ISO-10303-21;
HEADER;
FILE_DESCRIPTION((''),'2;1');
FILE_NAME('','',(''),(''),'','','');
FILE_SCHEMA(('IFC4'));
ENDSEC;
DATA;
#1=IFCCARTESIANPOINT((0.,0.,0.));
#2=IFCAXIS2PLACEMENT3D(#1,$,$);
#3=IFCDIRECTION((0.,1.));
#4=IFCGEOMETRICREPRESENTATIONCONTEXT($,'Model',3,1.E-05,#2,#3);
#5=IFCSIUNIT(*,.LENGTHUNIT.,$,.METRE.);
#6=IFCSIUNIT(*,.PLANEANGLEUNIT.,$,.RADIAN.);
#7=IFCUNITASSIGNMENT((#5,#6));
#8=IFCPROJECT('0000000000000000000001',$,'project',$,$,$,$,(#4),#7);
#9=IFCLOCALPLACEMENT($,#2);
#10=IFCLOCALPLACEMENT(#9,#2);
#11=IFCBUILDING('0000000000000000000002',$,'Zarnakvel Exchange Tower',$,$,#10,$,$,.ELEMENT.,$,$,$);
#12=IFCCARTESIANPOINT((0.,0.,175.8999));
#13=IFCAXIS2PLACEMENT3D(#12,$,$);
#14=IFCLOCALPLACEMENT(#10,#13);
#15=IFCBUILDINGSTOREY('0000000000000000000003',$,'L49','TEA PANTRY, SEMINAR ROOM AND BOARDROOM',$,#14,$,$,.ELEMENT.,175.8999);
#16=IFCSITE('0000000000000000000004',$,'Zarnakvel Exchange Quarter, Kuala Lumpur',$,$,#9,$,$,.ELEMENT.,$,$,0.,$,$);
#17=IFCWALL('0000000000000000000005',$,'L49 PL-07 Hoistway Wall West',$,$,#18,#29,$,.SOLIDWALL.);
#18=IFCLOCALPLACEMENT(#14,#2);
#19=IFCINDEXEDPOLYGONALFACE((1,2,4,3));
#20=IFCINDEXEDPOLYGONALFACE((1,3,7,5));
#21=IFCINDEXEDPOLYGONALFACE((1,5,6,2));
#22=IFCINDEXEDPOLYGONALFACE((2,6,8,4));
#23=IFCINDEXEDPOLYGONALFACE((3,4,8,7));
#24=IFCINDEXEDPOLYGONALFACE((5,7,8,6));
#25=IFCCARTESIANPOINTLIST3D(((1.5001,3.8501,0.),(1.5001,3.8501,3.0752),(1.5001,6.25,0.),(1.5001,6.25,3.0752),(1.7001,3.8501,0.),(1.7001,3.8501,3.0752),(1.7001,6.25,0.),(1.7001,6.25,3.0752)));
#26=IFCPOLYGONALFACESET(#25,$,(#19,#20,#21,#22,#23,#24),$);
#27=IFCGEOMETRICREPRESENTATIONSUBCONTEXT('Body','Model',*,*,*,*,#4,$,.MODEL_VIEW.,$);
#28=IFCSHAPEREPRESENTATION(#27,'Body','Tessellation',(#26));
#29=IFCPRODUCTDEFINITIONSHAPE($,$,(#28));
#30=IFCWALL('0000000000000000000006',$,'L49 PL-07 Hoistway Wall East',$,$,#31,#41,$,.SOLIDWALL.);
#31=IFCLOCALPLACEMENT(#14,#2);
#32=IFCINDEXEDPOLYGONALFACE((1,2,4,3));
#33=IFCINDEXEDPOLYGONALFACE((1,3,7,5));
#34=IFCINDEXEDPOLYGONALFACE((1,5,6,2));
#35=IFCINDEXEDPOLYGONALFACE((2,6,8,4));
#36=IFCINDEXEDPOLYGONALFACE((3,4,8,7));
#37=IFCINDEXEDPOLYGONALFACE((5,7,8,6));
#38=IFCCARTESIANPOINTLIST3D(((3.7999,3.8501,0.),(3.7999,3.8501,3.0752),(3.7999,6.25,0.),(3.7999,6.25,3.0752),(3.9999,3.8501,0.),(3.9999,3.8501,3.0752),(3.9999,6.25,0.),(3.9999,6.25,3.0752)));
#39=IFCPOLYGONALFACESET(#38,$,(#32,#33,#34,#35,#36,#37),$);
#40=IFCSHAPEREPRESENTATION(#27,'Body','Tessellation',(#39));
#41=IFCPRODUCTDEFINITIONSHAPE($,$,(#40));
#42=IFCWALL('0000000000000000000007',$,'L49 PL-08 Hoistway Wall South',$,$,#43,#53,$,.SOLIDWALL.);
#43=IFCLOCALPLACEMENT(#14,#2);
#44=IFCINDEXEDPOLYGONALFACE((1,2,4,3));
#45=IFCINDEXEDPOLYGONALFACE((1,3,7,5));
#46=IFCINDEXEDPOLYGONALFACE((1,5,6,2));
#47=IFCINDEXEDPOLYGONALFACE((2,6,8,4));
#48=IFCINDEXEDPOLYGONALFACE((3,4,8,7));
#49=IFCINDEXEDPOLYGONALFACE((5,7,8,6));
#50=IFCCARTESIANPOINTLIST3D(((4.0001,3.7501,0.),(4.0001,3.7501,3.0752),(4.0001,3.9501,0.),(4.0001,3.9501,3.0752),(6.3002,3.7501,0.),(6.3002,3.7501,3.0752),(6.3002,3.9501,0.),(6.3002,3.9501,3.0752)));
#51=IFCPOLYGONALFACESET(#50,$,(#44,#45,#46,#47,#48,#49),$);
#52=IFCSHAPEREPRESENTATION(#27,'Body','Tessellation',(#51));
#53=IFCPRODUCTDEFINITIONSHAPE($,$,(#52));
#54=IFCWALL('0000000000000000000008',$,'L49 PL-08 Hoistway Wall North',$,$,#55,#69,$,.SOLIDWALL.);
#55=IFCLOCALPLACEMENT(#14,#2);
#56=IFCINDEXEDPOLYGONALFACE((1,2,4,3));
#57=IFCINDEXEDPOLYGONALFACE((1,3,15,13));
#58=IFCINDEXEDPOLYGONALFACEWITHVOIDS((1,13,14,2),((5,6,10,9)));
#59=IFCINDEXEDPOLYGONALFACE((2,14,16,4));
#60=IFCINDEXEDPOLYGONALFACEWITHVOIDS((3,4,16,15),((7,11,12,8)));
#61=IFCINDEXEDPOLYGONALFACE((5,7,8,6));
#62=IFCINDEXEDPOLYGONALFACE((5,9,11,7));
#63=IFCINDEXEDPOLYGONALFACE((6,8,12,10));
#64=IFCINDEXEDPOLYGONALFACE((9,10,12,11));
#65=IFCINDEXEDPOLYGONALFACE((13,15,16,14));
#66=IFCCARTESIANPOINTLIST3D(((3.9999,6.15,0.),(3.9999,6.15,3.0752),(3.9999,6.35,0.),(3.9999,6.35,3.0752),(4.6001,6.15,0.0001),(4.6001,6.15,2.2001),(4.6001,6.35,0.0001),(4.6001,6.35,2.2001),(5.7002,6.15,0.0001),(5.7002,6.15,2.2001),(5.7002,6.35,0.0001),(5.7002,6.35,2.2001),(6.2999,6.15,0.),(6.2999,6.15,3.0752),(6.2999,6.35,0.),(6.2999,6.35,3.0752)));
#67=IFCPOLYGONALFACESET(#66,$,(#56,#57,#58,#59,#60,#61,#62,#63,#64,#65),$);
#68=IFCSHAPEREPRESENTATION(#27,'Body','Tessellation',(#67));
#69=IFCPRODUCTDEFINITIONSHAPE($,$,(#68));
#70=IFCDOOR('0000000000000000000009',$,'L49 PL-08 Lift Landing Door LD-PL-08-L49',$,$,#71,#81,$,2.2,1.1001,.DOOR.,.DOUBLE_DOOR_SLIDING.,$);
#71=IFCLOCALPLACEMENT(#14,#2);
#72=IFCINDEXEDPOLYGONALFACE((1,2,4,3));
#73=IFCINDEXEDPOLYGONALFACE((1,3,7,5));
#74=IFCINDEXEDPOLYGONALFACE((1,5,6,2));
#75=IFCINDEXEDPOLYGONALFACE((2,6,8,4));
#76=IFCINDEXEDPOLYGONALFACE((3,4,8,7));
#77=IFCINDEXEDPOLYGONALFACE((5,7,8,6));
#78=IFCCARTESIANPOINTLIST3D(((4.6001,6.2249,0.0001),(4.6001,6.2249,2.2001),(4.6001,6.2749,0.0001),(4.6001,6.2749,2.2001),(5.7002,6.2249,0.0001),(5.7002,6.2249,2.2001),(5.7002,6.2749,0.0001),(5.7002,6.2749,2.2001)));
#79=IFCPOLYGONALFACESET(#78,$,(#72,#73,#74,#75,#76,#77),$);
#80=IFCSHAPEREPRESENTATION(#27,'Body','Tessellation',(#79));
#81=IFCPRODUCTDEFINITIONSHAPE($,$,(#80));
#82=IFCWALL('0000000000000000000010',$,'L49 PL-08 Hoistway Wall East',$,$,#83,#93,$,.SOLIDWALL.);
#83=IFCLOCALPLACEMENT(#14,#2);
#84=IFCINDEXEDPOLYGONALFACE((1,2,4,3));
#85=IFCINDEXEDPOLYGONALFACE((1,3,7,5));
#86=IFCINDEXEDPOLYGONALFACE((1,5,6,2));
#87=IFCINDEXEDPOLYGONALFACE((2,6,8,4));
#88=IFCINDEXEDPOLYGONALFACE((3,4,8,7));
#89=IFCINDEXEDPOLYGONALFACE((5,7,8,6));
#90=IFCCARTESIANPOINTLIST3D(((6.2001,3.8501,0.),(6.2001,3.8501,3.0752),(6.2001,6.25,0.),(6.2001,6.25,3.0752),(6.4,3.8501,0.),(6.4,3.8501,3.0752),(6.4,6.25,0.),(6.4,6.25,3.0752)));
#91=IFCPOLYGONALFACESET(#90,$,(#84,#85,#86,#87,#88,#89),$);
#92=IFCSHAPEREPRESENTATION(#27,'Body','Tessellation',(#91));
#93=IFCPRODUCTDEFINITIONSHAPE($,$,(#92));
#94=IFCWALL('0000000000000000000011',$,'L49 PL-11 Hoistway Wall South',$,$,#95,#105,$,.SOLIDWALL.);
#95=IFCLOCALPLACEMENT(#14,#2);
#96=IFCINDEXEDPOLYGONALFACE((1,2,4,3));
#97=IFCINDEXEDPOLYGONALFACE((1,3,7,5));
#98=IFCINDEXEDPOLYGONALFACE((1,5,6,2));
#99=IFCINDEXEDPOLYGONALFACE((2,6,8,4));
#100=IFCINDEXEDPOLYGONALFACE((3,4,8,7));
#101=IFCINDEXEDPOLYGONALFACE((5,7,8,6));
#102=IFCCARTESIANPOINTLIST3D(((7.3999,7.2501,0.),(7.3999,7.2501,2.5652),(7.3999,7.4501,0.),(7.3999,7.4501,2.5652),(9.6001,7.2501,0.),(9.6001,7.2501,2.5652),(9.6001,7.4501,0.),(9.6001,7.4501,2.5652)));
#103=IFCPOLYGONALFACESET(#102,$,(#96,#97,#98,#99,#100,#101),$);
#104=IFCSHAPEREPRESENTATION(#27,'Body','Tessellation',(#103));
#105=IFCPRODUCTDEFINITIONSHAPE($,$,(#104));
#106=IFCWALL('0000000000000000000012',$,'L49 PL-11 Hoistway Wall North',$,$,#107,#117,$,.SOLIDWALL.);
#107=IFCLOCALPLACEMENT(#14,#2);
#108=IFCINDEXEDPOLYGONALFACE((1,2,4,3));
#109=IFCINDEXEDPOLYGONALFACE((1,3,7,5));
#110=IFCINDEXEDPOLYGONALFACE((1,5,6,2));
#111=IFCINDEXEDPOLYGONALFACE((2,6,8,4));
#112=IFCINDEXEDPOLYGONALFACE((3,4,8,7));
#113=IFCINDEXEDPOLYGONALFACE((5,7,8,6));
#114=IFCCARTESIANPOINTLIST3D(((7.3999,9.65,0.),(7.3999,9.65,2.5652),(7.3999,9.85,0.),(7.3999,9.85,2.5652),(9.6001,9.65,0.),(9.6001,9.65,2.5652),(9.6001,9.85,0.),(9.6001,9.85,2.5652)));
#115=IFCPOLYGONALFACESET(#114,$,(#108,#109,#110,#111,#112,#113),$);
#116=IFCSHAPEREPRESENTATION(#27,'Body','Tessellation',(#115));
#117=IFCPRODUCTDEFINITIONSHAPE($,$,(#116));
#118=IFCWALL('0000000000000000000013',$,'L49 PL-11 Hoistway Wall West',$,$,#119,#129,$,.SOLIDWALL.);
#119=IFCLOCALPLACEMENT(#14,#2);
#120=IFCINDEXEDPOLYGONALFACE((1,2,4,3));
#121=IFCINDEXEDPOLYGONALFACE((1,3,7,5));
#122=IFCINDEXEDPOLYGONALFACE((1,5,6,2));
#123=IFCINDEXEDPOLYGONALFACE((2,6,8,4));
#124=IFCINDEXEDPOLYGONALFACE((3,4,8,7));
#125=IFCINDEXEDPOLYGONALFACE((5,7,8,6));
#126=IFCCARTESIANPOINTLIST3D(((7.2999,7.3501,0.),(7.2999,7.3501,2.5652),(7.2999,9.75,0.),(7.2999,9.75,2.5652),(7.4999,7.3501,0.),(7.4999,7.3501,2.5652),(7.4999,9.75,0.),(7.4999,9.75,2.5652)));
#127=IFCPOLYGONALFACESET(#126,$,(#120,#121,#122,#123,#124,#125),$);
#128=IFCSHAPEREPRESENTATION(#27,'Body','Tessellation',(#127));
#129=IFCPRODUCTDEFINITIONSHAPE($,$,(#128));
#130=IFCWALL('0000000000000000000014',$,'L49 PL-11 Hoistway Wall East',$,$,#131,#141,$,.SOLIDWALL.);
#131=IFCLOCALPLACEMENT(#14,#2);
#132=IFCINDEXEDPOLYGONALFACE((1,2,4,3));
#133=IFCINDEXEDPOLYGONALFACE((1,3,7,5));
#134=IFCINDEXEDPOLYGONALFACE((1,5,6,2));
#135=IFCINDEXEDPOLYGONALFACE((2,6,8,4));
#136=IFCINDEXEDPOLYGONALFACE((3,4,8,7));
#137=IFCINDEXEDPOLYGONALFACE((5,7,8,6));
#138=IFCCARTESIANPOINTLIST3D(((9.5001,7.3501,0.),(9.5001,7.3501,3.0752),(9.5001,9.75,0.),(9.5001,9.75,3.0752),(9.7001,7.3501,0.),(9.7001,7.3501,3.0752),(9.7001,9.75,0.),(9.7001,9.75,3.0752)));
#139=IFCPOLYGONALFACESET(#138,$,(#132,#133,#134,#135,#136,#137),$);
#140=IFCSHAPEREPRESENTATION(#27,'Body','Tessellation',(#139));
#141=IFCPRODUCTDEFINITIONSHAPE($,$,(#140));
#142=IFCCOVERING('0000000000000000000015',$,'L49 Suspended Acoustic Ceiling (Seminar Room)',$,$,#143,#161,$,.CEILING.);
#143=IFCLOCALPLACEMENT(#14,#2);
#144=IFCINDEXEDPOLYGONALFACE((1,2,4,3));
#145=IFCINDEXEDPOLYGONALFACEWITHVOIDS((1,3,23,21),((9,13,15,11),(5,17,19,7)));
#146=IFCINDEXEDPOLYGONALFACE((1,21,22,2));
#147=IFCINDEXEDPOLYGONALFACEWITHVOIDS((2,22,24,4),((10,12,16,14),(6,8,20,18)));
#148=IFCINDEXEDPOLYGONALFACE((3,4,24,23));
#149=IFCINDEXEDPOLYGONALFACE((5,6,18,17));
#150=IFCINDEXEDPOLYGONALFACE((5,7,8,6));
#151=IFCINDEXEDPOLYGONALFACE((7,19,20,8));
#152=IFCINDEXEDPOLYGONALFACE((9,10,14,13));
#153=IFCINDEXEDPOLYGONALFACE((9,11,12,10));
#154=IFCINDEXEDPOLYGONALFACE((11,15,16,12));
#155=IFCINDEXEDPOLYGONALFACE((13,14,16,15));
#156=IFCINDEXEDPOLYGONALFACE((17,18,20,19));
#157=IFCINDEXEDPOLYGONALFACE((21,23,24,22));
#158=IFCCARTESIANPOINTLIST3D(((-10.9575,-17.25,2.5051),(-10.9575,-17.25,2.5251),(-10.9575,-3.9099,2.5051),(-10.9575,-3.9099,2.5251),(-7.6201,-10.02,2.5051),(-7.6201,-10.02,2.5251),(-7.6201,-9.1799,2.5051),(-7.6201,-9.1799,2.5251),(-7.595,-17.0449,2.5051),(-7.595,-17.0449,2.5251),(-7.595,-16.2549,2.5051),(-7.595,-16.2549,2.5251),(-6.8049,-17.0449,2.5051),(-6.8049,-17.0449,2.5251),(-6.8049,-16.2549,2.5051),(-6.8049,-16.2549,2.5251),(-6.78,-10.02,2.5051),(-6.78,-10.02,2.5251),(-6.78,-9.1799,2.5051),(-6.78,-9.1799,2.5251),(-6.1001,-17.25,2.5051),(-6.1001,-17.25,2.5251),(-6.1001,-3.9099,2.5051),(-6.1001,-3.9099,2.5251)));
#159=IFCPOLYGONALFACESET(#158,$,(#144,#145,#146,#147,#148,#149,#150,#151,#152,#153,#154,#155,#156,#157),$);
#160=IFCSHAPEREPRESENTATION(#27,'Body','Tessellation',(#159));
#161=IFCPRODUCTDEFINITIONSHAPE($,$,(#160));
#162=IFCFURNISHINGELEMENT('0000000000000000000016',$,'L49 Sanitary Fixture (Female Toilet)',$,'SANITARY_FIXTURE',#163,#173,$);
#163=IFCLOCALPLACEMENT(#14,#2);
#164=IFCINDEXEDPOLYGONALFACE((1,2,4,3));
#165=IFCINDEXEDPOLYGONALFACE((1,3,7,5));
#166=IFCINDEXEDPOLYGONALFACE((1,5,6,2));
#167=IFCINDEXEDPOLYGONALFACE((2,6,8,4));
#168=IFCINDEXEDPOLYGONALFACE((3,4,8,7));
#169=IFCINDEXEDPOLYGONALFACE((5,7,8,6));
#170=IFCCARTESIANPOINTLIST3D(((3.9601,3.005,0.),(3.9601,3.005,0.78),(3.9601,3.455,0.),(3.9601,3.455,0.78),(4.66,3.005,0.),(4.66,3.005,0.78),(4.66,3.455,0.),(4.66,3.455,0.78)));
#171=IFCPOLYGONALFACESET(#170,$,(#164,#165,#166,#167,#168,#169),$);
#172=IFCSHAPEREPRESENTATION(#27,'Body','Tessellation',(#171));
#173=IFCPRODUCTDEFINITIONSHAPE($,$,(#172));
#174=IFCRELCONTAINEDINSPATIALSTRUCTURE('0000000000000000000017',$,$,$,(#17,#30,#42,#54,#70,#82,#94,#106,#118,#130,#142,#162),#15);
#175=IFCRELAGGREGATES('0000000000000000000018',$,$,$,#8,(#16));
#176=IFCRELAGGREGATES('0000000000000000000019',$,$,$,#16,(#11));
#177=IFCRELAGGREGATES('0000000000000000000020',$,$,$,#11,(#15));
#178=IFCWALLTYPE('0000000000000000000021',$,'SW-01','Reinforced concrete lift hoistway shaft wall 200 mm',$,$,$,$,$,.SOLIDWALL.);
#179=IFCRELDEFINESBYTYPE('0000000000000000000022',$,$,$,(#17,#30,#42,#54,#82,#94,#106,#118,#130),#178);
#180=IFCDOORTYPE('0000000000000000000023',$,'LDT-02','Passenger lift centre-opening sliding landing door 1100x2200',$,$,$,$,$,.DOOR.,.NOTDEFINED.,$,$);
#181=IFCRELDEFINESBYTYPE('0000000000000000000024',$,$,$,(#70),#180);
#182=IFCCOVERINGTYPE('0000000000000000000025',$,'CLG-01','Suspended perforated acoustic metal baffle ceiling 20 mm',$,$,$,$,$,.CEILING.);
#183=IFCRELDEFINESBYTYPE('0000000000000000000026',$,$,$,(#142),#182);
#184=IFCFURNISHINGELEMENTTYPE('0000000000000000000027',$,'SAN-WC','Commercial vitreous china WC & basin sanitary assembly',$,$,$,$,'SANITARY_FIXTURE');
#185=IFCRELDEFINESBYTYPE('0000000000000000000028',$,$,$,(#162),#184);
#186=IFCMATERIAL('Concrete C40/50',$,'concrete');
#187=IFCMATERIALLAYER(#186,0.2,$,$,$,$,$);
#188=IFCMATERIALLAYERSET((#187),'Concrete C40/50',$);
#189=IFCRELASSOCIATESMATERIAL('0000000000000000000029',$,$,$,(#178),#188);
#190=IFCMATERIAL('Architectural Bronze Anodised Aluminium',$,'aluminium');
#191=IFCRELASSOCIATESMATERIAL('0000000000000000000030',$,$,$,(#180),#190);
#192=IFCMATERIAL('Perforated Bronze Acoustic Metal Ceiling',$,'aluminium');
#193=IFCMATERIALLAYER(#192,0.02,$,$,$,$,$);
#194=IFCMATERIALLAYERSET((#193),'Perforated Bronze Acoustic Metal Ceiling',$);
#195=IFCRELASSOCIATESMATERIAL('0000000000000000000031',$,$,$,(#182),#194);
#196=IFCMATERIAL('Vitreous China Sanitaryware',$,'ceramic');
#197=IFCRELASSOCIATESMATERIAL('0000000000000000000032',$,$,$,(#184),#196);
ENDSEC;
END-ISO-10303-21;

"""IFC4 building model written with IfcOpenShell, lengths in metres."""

from ifc_helpers import new_model, si_unit, direction, frame, frame_2d, origin, origin_2d, place, context, subcontext, project, spatial, polyline, rectangle, outline, extrude, source, transform, mapped, material, layer, layer_set, type_object, element, fill, save


model = new_model("IFC4")

# Units and contexts
model_context = context("Model", 3, precision=1e-05, world=origin(), true_north=direction((0.0, 1.0)))
body_context = subcontext(model_context, "Body", "Model", "MODEL_VIEW")
ifc_project = project(units=[si_unit("LENGTHUNIT", "METRE"), si_unit("PLANEANGLEUNIT", "RADIAN")], contexts=[model_context])

# Site, building, storey
site_placement = place(None, origin())
site = spatial("IfcSite", under=ifc_project, at=site_placement, Name="Zarnakvel Exchange Quarter, Kuala Lumpur", CompositionType="ELEMENT", RefElevation=0.0)
building_placement = place(site_placement, origin())
building = spatial("IfcBuilding", under=site, at=building_placement, Name="Zarnakvel Exchange Tower", CompositionType="ELEMENT")
storey_placement = place(building_placement, frame((0.0, 0.0, 175.8999)))
storey = spatial("IfcBuildingStorey", under=building, at=storey_placement, Name="L49", Description="TEA PANTRY, SEMINAR ROOM AND BOARDROOM", CompositionType="ELEMENT", Elevation=175.8999)

# Shared definitions
ifc_material_1 = material(Name="Concrete C40/50", Category="concrete")
ifc_layer_1 = layer(ifc_material_1, 0.2)
ifc_layer_set_1 = layer_set([ifc_layer_1], Name="Concrete C40/50")
wall_type_1 = type_object("IfcWallType", Name="SW-01", Description="Reinforced concrete lift hoistway shaft wall 200 mm", PredefinedType="SOLIDWALL", material=ifc_layer_set_1)
shared_shape_1 = source(origin(), body_context, "Body", "SweptSolid", [
    extrude(rectangle(XDim=1.1001, YDim=2.2, at=frame_2d((0.55, 1.1001))), frame((0.0, 0.0249, 0.0), z_axis=(0.0, -1.0, 0.0), x_axis=(1.0, 0.0, 0.0)), (0.0, 0.0, 1.0), 0.05),
])

# Shared definitions
ifc_material_2 = material(Name="Architectural Bronze Anodised Aluminium", Category="aluminium")
door_type_1 = type_object("IfcDoorType", Name="LDT-02", Description="Passenger lift centre-opening sliding landing door 1100x2200", OperationType="NOTDEFINED", PredefinedType="DOOR", material=ifc_material_2)

# Walls
for number, where, z_axis, x_axis, name in (
    (1, (1.6001, 3.8501, 0.0), (0.0, 0.0, 1.0), (0.0, 1.0, 0.0), "L49 PL-07 Hoistway Wall West"),
    (2, (3.8999, 6.25, 0.0), (0.0, 0.0, 1.0), (0.0, -1.0, 0.0), "L49 PL-07 Hoistway Wall East"),
):
    element("IfcWall", number, at=place(storey_placement, frame(where, z_axis=z_axis, x_axis=x_axis)), inside=storey, type_object=wall_type_1, Name=name, PredefinedType="SOLIDWALL", context=body_context, shape_type="SweptSolid", body=[
        extrude(rectangle(XDim=2.3999, YDim=0.2, at=frame_2d((1.2, 0.0))), origin(), (0.0, 0.0, 1.0), 3.0752),
    ])
wall_1_placement = place(storey_placement, frame((6.3, 3.8501, 0.0), z_axis=(0.0, 0.0, 1.0), x_axis=(-1.0, 0.0, 0.0)))
element("IfcWall", 3, at=wall_1_placement, inside=storey, type_object=wall_type_1, Name="L49 PL-08 Hoistway Wall South", PredefinedType="SOLIDWALL", context=body_context, shape_type="SweptSolid", body=[
    extrude(rectangle(XDim=2.3, YDim=0.2, at=frame_2d((1.1499, 0.0))), origin(), (0.0, 0.0, 1.0), 3.0752),
])

# Wall, opening, door
wall_2_placement = place(storey_placement, frame((4.0, 6.25, 0.0), z_axis=(0.0, 0.0, 1.0), x_axis=(1.0, 0.0, 0.0)))
wall_2 = element("IfcWall", 4, at=wall_2_placement, inside=storey, type_object=wall_type_1, Name="L49 PL-08 Hoistway Wall North", PredefinedType="SOLIDWALL", context=body_context, shape_type="SweptSolid", body=[
    extrude(rectangle(XDim=2.3, YDim=0.2, at=frame_2d((1.1499, 0.0))), origin(), (0.0, 0.0, 1.0), 3.0752),
])
opening_1_placement = place(wall_2_placement, frame((0.6001, 0.0, 0.0)))
opening_1 = element("IfcOpeningElement", 5, at=opening_1_placement, cuts=wall_2, PredefinedType="OPENING", context=body_context, shape_type="SweptSolid", body=[
    extrude(rectangle(XDim=1.1001, YDim=2.2, at=frame_2d((0.55, 1.1001))), frame((0.0, 0.1099, 0.0), z_axis=(0.0, -1.0, 0.0), x_axis=(1.0, 0.0, 0.0)), (0.0, 0.0, 1.0), 0.22),
])
door_1_placement = place(opening_1_placement, origin())
door_1 = element("IfcDoor", 6, at=door_1_placement, inside=storey, type_object=door_type_1, Name="L49 PL-08 Lift Landing Door LD-PL-08-L49", OperationType="DOUBLE_DOOR_SLIDING", OverallHeight=2.2, OverallWidth=1.1001, PredefinedType="DOOR", context=body_context, shape_type="MappedRepresentation", body=[
    mapped(shared_shape_1, transform((0.0, 0.0, 0.0), x_axis=(1.0, 0.0, 0.0), y_axis=(0.0, 1.0, 0.0), z_axis=(0.0, 0.0, 1.0), scale=1.0)),
])
fill(opening_1, door_1)

# Walls
wall_3_placement = place(storey_placement, frame((6.3, 6.25, 0.0), z_axis=(0.0, 0.0, 1.0), x_axis=(0.0, -1.0, 0.0)))
element("IfcWall", 7, at=wall_3_placement, inside=storey, type_object=wall_type_1, Name="L49 PL-08 Hoistway Wall East", PredefinedType="SOLIDWALL", context=body_context, shape_type="SweptSolid", body=[
    extrude(rectangle(XDim=2.3999, YDim=0.2, at=frame_2d((1.2, 0.0))), origin(), (0.0, 0.0, 1.0), 3.0752),
])
for number, where, z_axis, x_axis, name in (
    (8, (9.6001, 7.3501, 0.0), (0.0, 0.0, 1.0), (-1.0, 0.0, 0.0), "L49 PL-11 Hoistway Wall South"),
    (9, (7.3999, 9.75, 0.0), (0.0, 0.0, 1.0), (1.0, 0.0, 0.0), "L49 PL-11 Hoistway Wall North"),
):
    element("IfcWall", number, at=place(storey_placement, frame(where, z_axis=z_axis, x_axis=x_axis)), inside=storey, type_object=wall_type_1, Name=name, PredefinedType="SOLIDWALL", context=body_context, shape_type="SweptSolid", body=[
        extrude(rectangle(XDim=2.2002, YDim=0.2, at=frame_2d((1.1001, 0.0))), origin(), (0.0, 0.0, 1.0), 2.5652),
    ])
wall_4_placement = place(storey_placement, frame((7.3999, 7.3501, 0.0), z_axis=(0.0, 0.0, 1.0), x_axis=(0.0, 1.0, 0.0)))
element("IfcWall", 10, at=wall_4_placement, inside=storey, type_object=wall_type_1, Name="L49 PL-11 Hoistway Wall West", PredefinedType="SOLIDWALL", context=body_context, shape_type="SweptSolid", body=[
    extrude(rectangle(XDim=2.3999, YDim=0.2, at=frame_2d((1.2, 0.0))), origin(), (0.0, 0.0, 1.0), 2.5652),
])
wall_5_placement = place(storey_placement, frame((9.6001, 9.75, 0.0), z_axis=(0.0, 0.0, 1.0), x_axis=(0.0, -1.0, 0.0)))
element("IfcWall", 11, at=wall_5_placement, inside=storey, type_object=wall_type_1, Name="L49 PL-11 Hoistway Wall East", PredefinedType="SOLIDWALL", context=body_context, shape_type="SweptSolid", body=[
    extrude(rectangle(XDim=2.3999, YDim=0.2, at=frame_2d((1.2, 0.0))), origin(), (0.0, 0.0, 1.0), 3.0752),
])

# Covering
ifc_material_3 = material(Name="Perforated Bronze Acoustic Metal Ceiling", Category="aluminium")
ifc_layer_2 = layer(ifc_material_3, 0.02)
ifc_layer_set_2 = layer_set([ifc_layer_2], Name="Perforated Bronze Acoustic Metal Ceiling")
covering_type = type_object("IfcCoveringType", Name="CLG-01", Description="Suspended perforated acoustic metal baffle ceiling 20 mm", PredefinedType="CEILING", material=ifc_layer_set_2)
covering_placement = place(storey_placement, frame((0.0, 0.0, 2.5051)))
element("IfcCovering", 12, at=covering_placement, inside=storey, type_object=covering_type, Name="L49 Suspended Acoustic Ceiling (Seminar Room)", PredefinedType="CEILING", context=body_context, shape_type="SweptSolid", body=[
    extrude(outline(polyline([(-10.9575, -3.9099), (-6.1001, -3.9099), (-6.1001, -17.25), (-10.9575, -17.25), (-10.9575, -3.9099)]), holes=[polyline([(-6.78, -10.02), (-6.78, -9.1799), (-7.6201, -9.1799), (-7.6201, -10.02), (-6.78, -10.02)]), polyline([(-6.8049, -17.0449), (-6.8049, -16.2549), (-7.595, -16.2549), (-7.595, -17.0449), (-6.8049, -17.0449)])]), origin(), (0.0, 0.0, 1.0), 0.02),
])

# Furnishing element
ifc_material_4 = material(Name="Vitreous China Sanitaryware", Category="ceramic")
furnishing_element_type = type_object("IfcFurnishingElementType", Name="SAN-WC", Description="Commercial vitreous china WC & basin sanitary assembly", ElementType="SANITARY_FIXTURE", material=ifc_material_4)
shared_shape_2 = source(origin(), body_context, "Body", "SweptSolid", [
    extrude(rectangle(XDim=0.7, YDim=0.45, at=origin_2d()), origin(), (0.0, 0.0, 1.0), 0.78),
])
furnishing_placement = place(storey_placement, frame((4.3101, 3.23, 0.0), z_axis=(0.0, 0.0, 1.0), x_axis=(1.0, 0.0, 0.0)))
element("IfcFurnishingElement", 13, at=furnishing_placement, inside=storey, type_object=furnishing_element_type, Name="L49 Sanitary Fixture (Female Toilet)", ObjectType="SANITARY_FIXTURE", context=body_context, shape_type="MappedRepresentation", body=[
    mapped(shared_shape_2, transform((0.0, 0.0, 0.0), x_axis=(1.0, 0.0, 0.0), y_axis=(0.0, 1.0, 0.0), z_axis=(0.0, 0.0, 1.0), scale=1.0)),
])

save(model, "model.ifc")
